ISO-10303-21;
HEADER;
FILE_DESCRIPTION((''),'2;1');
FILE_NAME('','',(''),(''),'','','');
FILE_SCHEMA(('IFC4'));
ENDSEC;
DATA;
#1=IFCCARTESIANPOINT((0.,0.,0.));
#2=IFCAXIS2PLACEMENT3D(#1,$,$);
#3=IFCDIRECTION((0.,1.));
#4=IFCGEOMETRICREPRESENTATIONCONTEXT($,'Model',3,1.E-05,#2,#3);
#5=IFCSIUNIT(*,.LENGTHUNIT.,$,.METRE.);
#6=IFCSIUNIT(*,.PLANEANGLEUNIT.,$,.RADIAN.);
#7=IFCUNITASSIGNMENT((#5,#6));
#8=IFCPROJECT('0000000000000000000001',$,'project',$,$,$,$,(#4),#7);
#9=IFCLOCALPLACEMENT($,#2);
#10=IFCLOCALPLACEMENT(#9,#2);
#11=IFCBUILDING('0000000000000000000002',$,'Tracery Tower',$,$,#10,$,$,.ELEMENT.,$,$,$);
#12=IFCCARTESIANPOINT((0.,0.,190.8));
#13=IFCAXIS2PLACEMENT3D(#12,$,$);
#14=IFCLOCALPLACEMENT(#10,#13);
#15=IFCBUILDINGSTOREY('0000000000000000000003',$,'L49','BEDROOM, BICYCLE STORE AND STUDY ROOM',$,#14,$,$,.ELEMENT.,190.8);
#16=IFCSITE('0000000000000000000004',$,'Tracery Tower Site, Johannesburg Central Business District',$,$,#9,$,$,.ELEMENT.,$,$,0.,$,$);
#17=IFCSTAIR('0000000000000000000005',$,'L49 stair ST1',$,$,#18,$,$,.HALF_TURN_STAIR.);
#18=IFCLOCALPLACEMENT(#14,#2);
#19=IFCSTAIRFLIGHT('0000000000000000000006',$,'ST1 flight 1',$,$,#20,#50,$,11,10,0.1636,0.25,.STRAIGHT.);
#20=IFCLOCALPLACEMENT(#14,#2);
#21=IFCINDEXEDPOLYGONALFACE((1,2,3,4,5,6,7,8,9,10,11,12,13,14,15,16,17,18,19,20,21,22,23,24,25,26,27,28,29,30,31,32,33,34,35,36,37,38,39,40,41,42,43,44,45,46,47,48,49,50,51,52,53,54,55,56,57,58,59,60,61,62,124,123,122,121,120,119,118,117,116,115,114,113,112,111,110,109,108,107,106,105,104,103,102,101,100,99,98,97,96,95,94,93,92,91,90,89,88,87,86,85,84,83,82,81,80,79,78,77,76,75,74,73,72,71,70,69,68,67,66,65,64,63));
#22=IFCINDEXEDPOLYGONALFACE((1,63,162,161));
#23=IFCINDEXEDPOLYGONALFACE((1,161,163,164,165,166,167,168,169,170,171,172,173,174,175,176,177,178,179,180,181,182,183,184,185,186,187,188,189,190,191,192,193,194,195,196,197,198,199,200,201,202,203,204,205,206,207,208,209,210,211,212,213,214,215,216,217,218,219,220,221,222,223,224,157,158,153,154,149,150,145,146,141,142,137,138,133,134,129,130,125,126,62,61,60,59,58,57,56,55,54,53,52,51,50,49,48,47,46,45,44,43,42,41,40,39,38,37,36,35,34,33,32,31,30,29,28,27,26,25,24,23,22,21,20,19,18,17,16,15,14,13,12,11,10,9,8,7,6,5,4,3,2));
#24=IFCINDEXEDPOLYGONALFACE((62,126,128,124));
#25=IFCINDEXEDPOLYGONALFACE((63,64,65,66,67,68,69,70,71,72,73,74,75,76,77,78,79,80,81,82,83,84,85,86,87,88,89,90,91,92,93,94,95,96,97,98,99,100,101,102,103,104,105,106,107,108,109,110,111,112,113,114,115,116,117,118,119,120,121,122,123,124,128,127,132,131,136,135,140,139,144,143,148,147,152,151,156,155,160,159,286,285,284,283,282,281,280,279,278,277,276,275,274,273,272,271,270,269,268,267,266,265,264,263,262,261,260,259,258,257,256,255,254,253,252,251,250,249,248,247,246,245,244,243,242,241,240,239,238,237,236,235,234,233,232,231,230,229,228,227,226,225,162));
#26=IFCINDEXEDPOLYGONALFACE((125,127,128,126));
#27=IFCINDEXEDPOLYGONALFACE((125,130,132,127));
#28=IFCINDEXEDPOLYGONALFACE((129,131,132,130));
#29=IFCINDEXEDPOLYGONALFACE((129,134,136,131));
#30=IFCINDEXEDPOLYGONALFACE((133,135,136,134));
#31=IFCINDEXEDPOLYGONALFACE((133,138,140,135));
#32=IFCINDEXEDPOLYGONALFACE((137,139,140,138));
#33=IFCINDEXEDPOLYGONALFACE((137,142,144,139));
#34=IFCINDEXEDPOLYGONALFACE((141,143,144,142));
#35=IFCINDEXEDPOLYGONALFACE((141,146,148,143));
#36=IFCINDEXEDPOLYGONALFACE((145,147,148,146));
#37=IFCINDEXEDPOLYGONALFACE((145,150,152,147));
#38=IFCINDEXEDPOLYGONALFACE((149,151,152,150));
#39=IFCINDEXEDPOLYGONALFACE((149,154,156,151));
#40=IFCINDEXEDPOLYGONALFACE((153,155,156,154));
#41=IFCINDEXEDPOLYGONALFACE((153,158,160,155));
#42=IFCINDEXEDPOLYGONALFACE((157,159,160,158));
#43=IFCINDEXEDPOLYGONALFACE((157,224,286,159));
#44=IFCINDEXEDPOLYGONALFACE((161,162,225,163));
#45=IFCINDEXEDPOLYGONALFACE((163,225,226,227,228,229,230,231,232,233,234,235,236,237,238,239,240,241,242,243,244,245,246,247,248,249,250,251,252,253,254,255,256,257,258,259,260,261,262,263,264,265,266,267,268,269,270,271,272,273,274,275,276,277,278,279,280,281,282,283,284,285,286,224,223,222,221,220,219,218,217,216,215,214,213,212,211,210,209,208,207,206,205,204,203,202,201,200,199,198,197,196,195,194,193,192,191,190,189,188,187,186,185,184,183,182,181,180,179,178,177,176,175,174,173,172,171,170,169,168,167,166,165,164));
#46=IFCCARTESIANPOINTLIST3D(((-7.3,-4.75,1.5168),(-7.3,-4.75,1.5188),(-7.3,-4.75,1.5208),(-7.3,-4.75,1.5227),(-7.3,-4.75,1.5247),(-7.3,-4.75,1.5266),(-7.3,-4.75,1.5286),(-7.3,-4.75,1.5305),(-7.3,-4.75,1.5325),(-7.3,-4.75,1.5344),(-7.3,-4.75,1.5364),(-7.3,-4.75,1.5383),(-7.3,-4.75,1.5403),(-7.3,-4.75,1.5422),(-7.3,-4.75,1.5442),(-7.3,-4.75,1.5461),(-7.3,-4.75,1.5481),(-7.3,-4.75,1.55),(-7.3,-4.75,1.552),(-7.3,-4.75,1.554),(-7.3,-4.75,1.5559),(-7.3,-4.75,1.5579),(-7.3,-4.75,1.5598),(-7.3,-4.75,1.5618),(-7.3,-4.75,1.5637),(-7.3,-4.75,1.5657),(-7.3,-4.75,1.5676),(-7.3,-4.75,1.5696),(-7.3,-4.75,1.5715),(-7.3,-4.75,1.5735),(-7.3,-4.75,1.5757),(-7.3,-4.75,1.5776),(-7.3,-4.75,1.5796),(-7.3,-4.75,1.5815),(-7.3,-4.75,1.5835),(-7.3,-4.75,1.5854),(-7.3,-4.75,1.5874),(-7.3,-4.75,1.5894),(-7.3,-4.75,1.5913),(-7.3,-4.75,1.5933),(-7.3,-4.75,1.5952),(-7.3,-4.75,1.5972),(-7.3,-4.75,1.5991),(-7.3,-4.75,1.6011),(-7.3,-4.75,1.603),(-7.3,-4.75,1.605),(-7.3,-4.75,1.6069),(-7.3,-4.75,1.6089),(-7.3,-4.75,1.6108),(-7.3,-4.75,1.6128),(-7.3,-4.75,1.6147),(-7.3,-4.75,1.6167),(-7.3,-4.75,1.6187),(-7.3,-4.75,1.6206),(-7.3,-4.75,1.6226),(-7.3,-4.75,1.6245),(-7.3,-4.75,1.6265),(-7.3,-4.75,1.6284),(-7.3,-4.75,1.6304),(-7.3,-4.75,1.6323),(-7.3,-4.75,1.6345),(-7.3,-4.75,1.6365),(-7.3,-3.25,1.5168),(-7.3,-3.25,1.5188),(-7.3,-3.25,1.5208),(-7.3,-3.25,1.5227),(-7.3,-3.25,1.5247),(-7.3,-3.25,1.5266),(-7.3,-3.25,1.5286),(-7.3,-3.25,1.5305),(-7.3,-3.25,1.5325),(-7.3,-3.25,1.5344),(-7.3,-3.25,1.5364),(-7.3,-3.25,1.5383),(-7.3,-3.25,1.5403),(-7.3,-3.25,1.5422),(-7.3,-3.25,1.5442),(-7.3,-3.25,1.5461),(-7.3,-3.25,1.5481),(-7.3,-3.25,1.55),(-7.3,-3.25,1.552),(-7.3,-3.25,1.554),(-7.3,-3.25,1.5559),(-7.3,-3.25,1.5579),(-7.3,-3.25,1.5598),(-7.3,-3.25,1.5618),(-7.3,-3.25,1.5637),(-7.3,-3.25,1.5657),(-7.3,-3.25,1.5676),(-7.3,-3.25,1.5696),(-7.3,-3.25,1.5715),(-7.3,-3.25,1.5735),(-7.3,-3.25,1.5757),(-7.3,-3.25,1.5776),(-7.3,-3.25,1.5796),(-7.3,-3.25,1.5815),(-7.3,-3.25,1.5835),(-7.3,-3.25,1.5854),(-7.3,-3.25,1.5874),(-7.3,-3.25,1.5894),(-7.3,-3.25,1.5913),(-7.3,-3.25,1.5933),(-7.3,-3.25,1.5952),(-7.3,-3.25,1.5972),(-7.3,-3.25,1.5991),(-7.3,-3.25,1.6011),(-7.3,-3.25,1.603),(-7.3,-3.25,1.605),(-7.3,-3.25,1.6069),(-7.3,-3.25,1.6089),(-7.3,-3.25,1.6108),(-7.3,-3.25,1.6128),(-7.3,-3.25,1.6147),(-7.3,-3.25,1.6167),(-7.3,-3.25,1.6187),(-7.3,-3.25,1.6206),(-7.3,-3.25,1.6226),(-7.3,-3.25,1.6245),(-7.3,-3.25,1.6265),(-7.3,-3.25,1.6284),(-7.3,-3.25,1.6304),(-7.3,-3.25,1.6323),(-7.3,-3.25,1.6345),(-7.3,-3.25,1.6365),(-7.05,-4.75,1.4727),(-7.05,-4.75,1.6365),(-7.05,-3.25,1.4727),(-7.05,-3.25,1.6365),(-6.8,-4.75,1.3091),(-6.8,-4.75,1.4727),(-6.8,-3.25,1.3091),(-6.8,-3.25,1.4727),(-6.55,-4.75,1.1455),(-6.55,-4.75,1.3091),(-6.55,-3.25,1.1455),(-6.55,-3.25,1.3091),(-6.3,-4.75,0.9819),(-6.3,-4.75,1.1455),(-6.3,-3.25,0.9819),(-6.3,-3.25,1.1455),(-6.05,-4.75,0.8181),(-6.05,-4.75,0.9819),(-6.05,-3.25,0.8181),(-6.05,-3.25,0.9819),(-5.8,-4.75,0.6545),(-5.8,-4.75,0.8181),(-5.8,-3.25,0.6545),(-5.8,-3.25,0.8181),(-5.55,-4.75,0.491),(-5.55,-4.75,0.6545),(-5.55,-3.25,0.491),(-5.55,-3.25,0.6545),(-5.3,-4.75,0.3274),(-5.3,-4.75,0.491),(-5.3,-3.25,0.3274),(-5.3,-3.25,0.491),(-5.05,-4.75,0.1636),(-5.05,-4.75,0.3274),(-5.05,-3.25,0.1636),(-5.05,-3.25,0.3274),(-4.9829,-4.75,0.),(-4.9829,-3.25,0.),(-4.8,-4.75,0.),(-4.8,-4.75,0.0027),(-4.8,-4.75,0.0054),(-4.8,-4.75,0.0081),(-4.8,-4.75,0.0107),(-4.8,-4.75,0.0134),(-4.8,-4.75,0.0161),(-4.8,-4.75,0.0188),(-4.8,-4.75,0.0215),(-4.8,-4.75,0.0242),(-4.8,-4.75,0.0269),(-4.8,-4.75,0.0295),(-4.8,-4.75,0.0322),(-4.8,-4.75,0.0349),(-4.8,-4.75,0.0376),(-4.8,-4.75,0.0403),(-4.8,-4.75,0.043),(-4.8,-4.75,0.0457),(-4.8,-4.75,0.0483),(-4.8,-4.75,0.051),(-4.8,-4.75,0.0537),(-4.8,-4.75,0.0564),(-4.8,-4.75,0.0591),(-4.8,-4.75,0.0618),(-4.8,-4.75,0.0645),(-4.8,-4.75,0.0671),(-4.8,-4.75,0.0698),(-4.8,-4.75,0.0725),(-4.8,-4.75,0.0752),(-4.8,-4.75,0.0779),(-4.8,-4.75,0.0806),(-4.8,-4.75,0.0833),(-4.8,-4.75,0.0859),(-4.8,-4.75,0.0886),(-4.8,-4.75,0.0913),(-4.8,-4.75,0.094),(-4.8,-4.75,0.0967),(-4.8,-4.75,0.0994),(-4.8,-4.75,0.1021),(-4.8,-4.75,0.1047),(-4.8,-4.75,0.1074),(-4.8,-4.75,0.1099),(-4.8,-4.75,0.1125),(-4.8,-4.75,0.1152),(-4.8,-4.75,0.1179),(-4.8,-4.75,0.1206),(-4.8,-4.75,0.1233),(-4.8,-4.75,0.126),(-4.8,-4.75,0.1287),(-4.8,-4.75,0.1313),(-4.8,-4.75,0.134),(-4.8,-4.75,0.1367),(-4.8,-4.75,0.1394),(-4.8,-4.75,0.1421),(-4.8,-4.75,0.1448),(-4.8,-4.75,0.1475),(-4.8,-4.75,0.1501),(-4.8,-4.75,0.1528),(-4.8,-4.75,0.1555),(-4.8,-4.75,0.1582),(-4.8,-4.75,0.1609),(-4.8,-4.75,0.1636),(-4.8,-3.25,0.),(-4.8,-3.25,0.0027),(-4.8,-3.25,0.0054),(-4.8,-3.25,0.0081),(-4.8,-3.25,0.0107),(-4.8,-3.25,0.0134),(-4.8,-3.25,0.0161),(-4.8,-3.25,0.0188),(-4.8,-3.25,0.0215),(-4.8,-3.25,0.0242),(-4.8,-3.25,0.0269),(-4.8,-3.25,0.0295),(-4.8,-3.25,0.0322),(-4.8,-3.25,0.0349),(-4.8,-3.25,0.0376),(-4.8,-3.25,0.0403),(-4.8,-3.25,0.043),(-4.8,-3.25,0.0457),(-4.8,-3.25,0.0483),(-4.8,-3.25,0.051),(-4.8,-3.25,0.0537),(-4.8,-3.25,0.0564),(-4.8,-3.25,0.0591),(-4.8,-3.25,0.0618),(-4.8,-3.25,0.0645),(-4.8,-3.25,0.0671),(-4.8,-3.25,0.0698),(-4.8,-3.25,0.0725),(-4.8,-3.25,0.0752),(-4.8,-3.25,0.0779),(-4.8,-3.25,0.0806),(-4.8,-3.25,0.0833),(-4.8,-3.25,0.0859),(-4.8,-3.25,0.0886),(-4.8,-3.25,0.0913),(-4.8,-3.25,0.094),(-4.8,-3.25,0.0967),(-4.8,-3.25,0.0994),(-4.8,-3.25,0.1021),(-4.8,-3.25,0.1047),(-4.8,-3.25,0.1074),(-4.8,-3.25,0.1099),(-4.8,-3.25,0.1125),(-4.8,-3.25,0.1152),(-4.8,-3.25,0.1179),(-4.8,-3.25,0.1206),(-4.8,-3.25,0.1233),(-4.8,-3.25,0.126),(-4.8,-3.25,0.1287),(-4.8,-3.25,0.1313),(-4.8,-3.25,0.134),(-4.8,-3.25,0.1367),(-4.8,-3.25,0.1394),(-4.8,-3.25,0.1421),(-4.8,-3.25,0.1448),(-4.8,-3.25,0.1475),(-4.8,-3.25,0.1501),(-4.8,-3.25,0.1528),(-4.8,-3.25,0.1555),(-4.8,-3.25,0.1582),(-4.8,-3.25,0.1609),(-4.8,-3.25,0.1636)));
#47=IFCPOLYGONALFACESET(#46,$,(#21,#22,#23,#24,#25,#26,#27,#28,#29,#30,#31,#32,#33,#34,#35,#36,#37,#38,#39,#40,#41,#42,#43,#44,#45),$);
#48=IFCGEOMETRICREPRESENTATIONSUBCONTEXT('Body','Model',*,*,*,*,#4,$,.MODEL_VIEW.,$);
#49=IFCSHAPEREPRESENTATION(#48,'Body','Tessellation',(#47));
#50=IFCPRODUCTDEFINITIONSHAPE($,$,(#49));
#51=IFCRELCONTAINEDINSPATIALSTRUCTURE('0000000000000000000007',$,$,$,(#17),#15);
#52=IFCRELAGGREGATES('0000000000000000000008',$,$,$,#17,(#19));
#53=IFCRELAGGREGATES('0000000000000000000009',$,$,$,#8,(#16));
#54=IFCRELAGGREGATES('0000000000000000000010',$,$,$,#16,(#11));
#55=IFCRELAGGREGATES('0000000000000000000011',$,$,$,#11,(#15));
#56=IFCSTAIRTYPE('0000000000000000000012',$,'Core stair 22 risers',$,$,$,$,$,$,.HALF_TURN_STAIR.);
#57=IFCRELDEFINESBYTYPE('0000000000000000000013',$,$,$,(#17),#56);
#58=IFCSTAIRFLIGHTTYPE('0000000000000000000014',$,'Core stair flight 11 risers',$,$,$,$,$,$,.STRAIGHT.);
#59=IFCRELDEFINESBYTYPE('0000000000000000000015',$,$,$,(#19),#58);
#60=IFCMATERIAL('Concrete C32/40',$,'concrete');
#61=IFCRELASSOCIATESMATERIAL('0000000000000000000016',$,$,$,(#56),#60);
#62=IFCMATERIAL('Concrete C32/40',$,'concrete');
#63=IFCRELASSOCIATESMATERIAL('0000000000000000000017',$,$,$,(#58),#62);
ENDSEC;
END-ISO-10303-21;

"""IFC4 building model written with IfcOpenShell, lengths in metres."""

from ifc_helpers import new_model, si_unit, direction, frame, origin, place, context, subcontext, project, spatial, polyline, outline, extrude, material, type_object, element, aggregate, save


model = new_model("IFC4")

# Units and contexts
model_context = context("Model", 3, precision=1e-05, world=origin(), true_north=direction((0.0, 1.0)))
body_context = subcontext(model_context, "Body", "Model", "MODEL_VIEW")
ifc_project = project(units=[si_unit("LENGTHUNIT", "METRE"), si_unit("PLANEANGLEUNIT", "RADIAN")], contexts=[model_context])

# Site, building, storey
site_placement = place(None, origin())
site = spatial("IfcSite", under=ifc_project, at=site_placement, Name="Tracery Tower Site, Johannesburg Central Business District", CompositionType="ELEMENT", RefElevation=0.0)
building_placement = place(site_placement, origin())
building = spatial("IfcBuilding", under=site, at=building_placement, Name="Tracery Tower", CompositionType="ELEMENT")
storey_placement = place(building_placement, frame((0.0, 0.0, 190.8)))
storey = spatial("IfcBuildingStorey", under=building, at=storey_placement, Name="L49", Description="BEDROOM, BICYCLE STORE AND STUDY ROOM", CompositionType="ELEMENT", Elevation=190.8)

# Stair, stair flight
ifc_material_1 = material(Name="Concrete C32/40", Category="concrete")
stair_type = type_object("IfcStairType", Name="Core stair 22 risers", PredefinedType="HALF_TURN_STAIR", material=ifc_material_1)
stair_placement = place(storey_placement, origin())
stair = element("IfcStair", 1, at=stair_placement, inside=storey, type_object=stair_type, Name="L49 stair ST1", PredefinedType="HALF_TURN_STAIR")
ifc_material_2 = material(Name="Concrete C32/40", Category="concrete")
stair_flight_type = type_object("IfcStairFlightType", Name="Core stair flight 11 risers", PredefinedType="STRAIGHT", material=ifc_material_2)
stair_flight_1_placement = place(storey_placement, frame((-4.8, -4.0, 0.0), z_axis=(0.0, 0.0, 1.0), x_axis=(-1.0, 0.0, 0.0)))
stair_flight_1 = element("IfcStairFlight", 2, at=stair_flight_1_placement, type_object=stair_flight_type, Name="ST1 flight 1", NumberOfRisers=11, NumberOfTreads=10, PredefinedType="STRAIGHT", RiserHeight=0.1636, TreadLength=0.25, context=body_context, shape_type="SweptSolid", body=[
    extrude(outline(polyline([(0.0, 0.0), (0.0, 0.0027), (0.0, 0.0054), (0.0, 0.0081), (0.0, 0.0107), (0.0, 0.0134), (0.0, 0.0161), (0.0, 0.0188), (0.0, 0.0215), (0.0, 0.0242), (0.0, 0.0269), (0.0, 0.0295), (0.0, 0.0322), (0.0, 0.0349), (0.0, 0.0376), (0.0, 0.0403), (0.0, 0.043), (0.0, 0.0457), (0.0, 0.0483), (0.0, 0.051), (0.0, 0.0537), (0.0, 0.0564), (0.0, 0.0591), (0.0, 0.0618), (0.0, 0.0645), (0.0, 0.0671), (0.0, 0.0698), (0.0, 0.0725), (0.0, 0.0752), (0.0, 0.0779), (0.0, 0.0806), (0.0, 0.0833), (0.0, 0.0859), (0.0, 0.0886), (0.0, 0.0913), (0.0, 0.094), (0.0, 0.0967), (0.0, 0.0994), (0.0, 0.1021), (0.0, 0.1047), (0.0, 0.1074), (0.0, 0.1099), (0.0, 0.1125), (0.0, 0.1152), (0.0, 0.1179), (0.0, 0.1206), (0.0, 0.1233), (0.0, 0.126), (0.0, 0.1287), (0.0, 0.1313), (0.0, 0.134), (0.0, 0.1367), (0.0, 0.1394), (0.0, 0.1421), (0.0, 0.1448), (0.0, 0.1475), (0.0, 0.1501), (0.0, 0.1528), (0.0, 0.1555), (0.0, 0.1582), (0.0, 0.1609), (0.0, 0.1636), (0.25, 0.1636), (0.25, 0.3274), (0.5, 0.3274), (0.5, 0.491), (0.75, 0.491), (0.75, 0.6545), (1.0, 0.6545), (1.0, 0.8181), (1.25, 0.8181), (1.25, 0.9819), (1.5, 0.9819), (1.5, 1.1455), (1.75, 1.1455), (1.75, 1.3091), (2.0, 1.3091), (2.0, 1.4727), (2.25, 1.4727), (2.25, 1.6365), (2.5, 1.6365), (2.5, 1.6345), (2.5, 1.6323), (2.5, 1.6304), (2.5, 1.6284), (2.5, 1.6265), (2.5, 1.6245), (2.5, 1.6226), (2.5, 1.6206), (2.5, 1.6187), (2.5, 1.6167), (2.5, 1.6147), (2.5, 1.6128), (2.5, 1.6108), (2.5, 1.6089), (2.5, 1.6069), (2.5, 1.605), (2.5, 1.603), (2.5, 1.6011), (2.5, 1.5991), (2.5, 1.5972), (2.5, 1.5952), (2.5, 1.5933), (2.5, 1.5913), (2.5, 1.5894), (2.5, 1.5874), (2.5, 1.5854), (2.5, 1.5835), (2.5, 1.5815), (2.5, 1.5796), (2.5, 1.5776), (2.5, 1.5757), (2.5, 1.5735), (2.5, 1.5715), (2.5, 1.5696), (2.5, 1.5676), (2.5, 1.5657), (2.5, 1.5637), (2.5, 1.5618), (2.5, 1.5598), (2.5, 1.5579), (2.5, 1.5559), (2.5, 1.554), (2.5, 1.552), (2.5, 1.55), (2.5, 1.5481), (2.5, 1.5461), (2.5, 1.5442), (2.5, 1.5422), (2.5, 1.5403), (2.5, 1.5383), (2.5, 1.5364), (2.5, 1.5344), (2.5, 1.5325), (2.5, 1.5305), (2.5, 1.5286), (2.5, 1.5266), (2.5, 1.5247), (2.5, 1.5227), (2.5, 1.5208), (2.5, 1.5188), (2.5, 1.5168), (0.1829, 0.0), (0.0, 0.0)])), frame((0.0, 0.75, 0.0), z_axis=(0.0, -1.0, 0.0), x_axis=(1.0, 0.0, 0.0)), (0.0, 0.0, 1.0), 1.5),
])
aggregate(stair, [stair_flight_1])

save(model, "model.ifc")
